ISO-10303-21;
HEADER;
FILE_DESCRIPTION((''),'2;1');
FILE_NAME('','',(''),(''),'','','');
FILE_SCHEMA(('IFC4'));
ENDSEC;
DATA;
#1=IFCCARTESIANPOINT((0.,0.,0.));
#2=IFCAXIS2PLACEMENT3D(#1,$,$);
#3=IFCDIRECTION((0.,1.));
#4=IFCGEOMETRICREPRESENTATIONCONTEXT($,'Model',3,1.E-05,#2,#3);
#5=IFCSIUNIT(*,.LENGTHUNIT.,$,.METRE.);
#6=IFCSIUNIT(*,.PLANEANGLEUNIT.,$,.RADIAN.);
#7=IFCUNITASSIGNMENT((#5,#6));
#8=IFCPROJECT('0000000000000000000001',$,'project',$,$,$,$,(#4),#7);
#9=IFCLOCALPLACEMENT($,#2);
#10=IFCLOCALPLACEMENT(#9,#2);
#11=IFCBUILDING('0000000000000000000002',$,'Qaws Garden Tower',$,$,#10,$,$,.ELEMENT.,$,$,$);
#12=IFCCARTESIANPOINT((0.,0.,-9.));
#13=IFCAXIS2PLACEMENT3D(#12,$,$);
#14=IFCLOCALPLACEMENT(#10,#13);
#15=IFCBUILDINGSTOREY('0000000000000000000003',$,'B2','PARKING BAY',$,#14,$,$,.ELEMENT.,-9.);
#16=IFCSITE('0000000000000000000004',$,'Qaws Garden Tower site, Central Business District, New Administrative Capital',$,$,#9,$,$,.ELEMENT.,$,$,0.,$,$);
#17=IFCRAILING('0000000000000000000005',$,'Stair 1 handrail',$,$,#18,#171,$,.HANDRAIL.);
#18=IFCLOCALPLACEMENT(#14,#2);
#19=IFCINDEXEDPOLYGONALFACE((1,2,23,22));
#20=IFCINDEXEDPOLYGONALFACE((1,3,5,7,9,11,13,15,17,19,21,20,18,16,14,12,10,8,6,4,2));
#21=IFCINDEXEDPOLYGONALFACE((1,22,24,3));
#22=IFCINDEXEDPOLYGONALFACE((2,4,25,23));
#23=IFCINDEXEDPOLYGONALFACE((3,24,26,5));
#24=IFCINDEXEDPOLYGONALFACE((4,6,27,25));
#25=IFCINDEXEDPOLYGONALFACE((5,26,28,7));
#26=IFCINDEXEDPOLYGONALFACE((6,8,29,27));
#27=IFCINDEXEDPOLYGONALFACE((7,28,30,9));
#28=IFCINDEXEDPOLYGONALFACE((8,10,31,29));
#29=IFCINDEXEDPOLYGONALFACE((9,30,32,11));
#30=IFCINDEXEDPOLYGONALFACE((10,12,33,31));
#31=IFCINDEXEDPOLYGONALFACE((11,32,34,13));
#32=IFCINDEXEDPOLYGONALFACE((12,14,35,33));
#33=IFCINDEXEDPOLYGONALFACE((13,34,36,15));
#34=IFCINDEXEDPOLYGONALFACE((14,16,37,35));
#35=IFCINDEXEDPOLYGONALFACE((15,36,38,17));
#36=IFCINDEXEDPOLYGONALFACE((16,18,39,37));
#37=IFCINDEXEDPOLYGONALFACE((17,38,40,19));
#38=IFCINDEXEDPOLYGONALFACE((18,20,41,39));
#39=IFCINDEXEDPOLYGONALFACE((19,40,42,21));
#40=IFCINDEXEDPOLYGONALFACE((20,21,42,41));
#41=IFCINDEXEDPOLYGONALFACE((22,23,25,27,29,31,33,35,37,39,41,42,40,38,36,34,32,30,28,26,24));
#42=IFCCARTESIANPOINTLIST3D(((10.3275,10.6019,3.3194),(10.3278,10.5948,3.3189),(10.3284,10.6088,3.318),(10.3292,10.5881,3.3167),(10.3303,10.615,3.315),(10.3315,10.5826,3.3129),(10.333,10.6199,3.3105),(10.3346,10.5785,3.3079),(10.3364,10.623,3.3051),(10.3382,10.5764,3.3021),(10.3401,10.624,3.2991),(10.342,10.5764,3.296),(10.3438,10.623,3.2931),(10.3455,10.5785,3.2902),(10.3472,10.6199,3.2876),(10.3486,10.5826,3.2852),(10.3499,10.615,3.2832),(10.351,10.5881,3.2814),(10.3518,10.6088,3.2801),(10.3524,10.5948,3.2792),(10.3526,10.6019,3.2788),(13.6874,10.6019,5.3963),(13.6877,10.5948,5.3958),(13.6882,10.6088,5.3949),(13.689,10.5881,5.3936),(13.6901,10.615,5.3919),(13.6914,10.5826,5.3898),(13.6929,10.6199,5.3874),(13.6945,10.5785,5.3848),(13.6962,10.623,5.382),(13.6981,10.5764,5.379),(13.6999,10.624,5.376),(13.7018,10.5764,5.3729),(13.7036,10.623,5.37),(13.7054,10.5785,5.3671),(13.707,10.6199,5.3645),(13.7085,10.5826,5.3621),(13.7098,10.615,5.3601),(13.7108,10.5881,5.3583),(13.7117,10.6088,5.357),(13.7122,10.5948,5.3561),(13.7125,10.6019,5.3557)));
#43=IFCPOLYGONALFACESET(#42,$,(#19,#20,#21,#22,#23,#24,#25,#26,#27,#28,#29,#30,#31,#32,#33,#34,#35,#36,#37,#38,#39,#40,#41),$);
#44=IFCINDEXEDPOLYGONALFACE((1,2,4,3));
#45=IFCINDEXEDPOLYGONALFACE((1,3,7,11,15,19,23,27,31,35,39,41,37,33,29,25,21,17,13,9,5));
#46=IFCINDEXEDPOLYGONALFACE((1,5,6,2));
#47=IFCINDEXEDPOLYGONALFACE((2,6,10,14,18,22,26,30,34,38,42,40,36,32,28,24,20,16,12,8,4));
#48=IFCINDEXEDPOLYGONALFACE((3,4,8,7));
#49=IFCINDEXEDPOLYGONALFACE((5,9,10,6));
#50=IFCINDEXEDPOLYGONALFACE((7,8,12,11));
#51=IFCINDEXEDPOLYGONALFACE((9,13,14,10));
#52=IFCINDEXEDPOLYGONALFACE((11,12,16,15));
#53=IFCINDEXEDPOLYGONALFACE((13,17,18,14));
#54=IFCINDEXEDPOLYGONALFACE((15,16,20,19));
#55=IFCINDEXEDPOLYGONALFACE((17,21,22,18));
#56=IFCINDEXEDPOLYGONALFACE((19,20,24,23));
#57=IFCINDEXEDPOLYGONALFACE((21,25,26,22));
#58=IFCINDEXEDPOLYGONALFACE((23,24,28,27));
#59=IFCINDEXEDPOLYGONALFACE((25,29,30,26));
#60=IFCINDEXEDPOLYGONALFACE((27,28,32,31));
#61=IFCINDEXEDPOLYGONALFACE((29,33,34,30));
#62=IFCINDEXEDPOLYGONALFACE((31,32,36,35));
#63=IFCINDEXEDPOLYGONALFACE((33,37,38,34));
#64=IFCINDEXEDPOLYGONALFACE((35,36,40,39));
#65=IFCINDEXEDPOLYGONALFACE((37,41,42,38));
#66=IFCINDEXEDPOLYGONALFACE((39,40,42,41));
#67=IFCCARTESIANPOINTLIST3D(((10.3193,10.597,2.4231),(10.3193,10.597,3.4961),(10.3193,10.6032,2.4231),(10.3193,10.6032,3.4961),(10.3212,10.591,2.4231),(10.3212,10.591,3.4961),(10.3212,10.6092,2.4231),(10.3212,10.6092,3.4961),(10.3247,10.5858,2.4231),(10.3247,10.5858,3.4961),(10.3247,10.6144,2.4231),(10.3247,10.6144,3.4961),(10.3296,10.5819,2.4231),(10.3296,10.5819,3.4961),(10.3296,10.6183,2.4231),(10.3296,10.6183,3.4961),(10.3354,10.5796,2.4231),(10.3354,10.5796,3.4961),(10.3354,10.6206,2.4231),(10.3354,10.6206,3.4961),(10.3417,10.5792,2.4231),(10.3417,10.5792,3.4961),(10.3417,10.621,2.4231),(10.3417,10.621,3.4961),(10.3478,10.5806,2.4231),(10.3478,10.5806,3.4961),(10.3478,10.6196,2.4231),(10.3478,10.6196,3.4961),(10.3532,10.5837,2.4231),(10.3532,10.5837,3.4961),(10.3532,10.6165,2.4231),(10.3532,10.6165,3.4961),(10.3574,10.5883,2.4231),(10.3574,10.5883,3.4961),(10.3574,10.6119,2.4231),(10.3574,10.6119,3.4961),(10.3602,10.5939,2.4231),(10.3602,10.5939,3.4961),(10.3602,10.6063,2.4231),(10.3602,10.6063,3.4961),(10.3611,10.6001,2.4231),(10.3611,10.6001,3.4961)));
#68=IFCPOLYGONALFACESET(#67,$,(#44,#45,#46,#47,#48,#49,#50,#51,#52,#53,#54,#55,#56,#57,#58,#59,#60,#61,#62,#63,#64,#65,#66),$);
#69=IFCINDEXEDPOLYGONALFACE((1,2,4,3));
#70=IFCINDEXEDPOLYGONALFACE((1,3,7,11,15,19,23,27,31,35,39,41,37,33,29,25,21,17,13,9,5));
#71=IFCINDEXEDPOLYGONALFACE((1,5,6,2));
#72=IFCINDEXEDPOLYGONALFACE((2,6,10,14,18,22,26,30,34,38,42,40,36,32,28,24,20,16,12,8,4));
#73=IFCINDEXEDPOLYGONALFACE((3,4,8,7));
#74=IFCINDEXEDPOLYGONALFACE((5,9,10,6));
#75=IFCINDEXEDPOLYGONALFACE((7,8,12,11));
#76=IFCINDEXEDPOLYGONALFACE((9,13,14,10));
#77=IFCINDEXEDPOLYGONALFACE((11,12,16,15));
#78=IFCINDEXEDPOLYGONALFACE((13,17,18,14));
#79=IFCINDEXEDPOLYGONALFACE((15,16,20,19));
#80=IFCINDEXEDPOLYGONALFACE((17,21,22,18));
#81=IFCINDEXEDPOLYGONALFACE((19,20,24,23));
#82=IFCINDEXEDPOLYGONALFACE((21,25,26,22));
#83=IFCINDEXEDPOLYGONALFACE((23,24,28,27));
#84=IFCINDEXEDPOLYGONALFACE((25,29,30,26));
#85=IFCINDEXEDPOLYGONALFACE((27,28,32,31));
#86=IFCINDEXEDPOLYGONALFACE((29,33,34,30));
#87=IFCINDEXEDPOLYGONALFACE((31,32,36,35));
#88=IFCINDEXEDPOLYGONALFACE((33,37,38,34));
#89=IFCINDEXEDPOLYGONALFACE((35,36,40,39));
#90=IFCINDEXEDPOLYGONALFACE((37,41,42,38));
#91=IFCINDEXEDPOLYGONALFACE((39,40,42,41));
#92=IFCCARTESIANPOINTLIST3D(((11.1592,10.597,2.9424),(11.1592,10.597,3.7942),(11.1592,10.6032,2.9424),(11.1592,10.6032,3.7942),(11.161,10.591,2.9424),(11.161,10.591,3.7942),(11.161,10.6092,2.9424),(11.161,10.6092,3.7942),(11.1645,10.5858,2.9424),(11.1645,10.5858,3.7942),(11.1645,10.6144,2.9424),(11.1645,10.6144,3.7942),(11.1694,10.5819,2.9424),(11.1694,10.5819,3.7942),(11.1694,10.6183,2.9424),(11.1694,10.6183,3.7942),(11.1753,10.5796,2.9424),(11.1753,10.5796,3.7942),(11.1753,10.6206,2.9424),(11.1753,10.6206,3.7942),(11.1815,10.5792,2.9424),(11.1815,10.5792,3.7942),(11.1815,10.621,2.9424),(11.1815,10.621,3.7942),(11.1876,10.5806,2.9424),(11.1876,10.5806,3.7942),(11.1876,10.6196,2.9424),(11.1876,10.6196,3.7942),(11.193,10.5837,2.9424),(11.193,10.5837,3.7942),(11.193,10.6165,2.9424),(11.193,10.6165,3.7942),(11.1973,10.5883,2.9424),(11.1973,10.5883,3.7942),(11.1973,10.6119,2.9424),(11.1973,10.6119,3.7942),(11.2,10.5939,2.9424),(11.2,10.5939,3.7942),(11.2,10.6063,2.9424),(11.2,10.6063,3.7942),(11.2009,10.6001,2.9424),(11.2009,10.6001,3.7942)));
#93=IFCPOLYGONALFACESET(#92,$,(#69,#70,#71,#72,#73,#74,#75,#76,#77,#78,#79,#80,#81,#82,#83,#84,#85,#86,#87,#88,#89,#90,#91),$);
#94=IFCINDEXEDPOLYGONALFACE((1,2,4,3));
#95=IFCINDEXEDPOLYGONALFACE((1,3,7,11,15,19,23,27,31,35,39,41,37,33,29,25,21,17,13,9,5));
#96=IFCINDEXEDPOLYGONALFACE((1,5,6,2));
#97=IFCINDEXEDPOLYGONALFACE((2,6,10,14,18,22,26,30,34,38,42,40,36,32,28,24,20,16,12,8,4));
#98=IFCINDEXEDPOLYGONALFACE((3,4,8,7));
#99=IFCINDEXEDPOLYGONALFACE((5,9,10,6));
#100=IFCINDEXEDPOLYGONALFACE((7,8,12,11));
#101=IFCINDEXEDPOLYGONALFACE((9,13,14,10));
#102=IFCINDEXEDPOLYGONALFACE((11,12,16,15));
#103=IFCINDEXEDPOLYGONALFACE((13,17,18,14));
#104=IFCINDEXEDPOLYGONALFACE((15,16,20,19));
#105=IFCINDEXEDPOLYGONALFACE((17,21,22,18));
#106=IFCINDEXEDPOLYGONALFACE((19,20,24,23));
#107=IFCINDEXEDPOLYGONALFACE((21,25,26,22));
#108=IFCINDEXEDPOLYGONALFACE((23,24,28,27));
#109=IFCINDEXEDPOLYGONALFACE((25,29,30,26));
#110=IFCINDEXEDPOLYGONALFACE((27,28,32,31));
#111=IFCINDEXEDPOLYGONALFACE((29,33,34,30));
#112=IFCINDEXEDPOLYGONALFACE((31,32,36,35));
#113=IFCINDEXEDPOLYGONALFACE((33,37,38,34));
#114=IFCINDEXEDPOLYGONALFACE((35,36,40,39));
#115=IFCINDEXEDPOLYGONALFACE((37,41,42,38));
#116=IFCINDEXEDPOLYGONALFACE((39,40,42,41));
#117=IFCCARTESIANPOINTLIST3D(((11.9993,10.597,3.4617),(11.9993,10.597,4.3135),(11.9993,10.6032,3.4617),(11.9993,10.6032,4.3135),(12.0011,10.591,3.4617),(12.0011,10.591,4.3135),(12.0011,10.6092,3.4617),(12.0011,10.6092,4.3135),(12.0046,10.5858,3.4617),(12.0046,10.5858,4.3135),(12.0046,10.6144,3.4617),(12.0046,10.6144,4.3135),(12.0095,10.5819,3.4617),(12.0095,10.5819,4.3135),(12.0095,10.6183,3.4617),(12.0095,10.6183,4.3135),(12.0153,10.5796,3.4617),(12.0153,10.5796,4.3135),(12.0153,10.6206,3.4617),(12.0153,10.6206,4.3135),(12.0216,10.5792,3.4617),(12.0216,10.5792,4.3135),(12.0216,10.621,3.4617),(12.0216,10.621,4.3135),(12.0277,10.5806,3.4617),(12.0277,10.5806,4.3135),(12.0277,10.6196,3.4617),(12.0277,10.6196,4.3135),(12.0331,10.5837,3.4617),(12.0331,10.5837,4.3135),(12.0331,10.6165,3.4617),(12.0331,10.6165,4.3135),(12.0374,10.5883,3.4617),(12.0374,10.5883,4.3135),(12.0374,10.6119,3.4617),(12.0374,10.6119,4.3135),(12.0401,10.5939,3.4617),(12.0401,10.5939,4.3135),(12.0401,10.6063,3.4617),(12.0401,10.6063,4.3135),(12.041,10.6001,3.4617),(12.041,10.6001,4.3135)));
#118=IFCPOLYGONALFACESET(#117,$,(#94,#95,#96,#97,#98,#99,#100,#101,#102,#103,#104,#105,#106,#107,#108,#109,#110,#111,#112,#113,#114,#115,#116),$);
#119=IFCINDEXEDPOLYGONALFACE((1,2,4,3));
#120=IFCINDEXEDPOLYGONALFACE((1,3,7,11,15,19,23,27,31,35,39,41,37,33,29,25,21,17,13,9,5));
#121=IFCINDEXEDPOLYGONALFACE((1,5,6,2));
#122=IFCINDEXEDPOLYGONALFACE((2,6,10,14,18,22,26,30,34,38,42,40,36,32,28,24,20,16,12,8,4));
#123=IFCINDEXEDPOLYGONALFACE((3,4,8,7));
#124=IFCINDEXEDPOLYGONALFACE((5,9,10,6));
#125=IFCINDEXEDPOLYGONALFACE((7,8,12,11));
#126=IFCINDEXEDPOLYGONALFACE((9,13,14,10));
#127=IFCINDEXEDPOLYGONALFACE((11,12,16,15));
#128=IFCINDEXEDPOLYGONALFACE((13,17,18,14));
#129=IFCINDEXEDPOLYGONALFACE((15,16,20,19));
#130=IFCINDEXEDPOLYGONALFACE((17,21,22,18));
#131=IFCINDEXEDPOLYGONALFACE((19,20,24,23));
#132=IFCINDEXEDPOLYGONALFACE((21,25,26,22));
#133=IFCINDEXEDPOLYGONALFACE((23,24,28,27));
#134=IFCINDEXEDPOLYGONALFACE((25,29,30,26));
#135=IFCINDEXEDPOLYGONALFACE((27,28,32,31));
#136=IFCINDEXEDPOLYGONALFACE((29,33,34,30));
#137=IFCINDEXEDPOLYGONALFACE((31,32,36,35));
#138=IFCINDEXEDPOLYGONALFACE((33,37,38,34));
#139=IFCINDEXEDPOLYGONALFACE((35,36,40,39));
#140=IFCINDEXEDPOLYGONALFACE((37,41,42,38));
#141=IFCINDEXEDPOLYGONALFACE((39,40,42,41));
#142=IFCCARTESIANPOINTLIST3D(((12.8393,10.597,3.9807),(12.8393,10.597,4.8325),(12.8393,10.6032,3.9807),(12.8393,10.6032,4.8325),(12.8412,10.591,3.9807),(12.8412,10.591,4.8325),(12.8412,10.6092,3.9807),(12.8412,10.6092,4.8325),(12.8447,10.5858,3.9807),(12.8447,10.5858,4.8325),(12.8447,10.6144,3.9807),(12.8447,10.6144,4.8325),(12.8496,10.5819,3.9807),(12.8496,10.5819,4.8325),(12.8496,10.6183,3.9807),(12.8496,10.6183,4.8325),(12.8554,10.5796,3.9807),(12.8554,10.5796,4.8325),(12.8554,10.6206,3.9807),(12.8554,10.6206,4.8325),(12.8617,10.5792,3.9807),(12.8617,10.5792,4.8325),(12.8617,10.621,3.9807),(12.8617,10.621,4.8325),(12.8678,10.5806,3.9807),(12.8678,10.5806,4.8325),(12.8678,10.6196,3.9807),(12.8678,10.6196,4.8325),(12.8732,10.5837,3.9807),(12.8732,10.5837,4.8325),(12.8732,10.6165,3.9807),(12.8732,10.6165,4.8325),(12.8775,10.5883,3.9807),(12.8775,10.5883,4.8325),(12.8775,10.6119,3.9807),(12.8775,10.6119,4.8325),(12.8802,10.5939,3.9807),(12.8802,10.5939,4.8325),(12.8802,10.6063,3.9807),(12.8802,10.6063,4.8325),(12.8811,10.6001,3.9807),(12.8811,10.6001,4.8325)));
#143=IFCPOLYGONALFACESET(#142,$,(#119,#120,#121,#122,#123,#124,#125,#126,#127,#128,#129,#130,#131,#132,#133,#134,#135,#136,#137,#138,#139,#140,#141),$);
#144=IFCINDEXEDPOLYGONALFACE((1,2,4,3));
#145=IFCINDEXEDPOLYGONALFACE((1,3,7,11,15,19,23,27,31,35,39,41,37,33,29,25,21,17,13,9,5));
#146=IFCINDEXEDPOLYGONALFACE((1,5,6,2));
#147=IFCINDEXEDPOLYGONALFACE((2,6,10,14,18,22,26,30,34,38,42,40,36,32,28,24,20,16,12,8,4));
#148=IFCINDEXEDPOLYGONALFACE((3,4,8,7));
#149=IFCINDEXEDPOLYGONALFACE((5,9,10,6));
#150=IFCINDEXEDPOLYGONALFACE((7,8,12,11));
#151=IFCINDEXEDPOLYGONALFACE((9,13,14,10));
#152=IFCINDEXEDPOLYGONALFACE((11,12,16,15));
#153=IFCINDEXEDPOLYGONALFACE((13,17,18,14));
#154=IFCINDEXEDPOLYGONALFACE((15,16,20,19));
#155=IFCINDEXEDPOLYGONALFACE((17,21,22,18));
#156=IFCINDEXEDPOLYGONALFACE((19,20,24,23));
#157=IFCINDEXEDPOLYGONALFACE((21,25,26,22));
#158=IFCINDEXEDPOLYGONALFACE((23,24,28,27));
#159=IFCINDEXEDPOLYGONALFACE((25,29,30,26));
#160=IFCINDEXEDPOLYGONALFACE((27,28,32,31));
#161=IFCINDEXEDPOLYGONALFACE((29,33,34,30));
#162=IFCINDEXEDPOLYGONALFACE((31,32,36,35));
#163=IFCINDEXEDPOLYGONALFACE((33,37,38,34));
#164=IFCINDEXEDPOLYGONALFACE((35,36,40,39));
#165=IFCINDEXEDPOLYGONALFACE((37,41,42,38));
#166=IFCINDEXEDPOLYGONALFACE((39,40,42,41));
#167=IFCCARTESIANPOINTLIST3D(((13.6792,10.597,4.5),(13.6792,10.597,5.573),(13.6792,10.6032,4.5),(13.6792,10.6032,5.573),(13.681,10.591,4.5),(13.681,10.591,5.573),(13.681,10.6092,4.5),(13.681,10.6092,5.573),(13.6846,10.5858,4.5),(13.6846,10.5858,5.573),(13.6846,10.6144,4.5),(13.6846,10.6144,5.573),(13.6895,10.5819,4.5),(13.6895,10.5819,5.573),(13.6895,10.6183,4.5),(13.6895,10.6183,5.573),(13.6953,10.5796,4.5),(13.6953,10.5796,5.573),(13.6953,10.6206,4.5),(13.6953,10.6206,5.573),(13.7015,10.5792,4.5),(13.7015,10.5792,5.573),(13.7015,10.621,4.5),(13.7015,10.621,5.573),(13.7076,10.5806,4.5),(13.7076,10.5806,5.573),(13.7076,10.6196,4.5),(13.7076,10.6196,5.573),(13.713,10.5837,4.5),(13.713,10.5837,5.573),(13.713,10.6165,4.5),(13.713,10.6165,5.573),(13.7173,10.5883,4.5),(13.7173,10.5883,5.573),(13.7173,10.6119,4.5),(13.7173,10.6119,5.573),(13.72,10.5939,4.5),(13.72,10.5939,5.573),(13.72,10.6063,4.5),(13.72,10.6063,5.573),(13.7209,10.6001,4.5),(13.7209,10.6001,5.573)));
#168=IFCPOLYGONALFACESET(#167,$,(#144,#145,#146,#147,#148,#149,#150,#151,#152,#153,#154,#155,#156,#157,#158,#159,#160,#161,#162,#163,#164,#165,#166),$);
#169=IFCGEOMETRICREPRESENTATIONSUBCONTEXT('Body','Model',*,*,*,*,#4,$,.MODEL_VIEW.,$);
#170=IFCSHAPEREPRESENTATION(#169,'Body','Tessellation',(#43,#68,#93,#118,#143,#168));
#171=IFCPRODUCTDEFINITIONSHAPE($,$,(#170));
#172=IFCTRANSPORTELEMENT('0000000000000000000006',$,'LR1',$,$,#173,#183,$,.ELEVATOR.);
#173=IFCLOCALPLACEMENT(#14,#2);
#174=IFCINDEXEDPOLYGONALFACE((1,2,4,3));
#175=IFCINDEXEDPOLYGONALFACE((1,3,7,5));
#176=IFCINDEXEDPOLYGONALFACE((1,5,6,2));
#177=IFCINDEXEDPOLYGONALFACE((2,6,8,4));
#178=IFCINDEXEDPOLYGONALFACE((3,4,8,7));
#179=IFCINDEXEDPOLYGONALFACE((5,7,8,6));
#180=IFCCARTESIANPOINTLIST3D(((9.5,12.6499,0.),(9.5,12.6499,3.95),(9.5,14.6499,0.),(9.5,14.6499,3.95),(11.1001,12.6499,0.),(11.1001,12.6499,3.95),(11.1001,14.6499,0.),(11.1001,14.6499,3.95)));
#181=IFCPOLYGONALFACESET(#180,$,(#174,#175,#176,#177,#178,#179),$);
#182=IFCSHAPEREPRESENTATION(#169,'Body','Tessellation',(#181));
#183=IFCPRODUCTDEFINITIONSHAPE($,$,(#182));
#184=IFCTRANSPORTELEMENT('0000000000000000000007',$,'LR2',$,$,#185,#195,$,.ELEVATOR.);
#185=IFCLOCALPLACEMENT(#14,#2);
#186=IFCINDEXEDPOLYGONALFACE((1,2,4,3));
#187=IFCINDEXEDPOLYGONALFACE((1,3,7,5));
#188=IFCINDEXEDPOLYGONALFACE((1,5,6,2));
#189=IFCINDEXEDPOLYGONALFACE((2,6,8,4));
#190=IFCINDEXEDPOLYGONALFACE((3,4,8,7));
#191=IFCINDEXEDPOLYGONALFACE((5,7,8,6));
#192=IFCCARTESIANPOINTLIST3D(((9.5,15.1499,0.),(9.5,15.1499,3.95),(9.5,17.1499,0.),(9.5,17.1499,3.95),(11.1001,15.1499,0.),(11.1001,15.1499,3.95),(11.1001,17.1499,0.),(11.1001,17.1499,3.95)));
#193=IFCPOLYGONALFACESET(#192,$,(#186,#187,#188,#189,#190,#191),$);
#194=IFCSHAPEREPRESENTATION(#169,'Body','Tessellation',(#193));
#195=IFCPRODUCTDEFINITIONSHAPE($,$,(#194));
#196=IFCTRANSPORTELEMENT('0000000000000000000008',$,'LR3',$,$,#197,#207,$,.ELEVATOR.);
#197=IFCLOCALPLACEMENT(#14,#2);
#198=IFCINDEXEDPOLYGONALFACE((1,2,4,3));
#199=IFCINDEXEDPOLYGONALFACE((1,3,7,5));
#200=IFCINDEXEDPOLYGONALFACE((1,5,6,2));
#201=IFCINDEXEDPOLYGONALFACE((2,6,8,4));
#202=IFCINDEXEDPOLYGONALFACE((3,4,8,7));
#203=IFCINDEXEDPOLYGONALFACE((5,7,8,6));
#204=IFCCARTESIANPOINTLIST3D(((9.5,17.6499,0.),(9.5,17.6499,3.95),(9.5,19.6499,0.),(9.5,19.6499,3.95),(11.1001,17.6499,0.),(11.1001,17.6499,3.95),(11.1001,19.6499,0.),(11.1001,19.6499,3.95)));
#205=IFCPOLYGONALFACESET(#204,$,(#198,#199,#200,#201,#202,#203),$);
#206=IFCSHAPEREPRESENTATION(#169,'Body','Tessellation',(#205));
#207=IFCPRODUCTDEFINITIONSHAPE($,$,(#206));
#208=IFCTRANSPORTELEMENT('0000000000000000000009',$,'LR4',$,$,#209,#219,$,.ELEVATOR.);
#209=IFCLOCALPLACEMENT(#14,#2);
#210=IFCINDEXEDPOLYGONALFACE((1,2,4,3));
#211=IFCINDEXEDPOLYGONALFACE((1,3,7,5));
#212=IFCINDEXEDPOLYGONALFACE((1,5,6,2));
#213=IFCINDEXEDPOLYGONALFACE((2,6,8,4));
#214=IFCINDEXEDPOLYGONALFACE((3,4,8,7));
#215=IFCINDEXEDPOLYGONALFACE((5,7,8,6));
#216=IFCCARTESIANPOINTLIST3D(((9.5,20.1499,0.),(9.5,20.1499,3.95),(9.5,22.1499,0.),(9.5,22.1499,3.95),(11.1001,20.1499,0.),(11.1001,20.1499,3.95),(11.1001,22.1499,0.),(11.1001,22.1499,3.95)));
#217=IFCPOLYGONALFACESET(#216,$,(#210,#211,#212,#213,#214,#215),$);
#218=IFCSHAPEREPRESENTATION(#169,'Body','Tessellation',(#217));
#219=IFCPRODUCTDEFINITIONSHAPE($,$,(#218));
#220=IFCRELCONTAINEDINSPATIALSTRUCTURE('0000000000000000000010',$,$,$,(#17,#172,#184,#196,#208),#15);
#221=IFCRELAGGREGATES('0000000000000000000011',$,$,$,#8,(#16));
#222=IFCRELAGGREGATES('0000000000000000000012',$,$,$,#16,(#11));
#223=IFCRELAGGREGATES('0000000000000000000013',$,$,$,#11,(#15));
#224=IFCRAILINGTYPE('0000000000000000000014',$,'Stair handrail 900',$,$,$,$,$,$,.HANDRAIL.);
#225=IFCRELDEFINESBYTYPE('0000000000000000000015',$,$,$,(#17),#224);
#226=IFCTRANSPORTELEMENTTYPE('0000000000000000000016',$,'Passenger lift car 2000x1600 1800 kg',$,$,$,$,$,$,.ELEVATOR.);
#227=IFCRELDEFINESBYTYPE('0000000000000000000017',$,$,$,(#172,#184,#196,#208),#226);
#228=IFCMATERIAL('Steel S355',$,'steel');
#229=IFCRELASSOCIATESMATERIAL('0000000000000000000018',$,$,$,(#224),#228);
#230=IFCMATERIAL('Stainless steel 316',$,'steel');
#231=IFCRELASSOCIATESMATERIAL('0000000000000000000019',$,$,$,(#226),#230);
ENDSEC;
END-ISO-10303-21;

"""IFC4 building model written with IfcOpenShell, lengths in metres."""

from ifc_helpers import new_model, si_unit, direction, frame, origin, origin_2d, place, context, subcontext, project, spatial, rectangle, circle, extrude, material, type_object, element, save


model = new_model("IFC4")

# Units and contexts
model_context = context("Model", 3, precision=1e-05, world=origin(), true_north=direction((0.0, 1.0)))
body_context = subcontext(model_context, "Body", "Model", "MODEL_VIEW")
ifc_project = project(units=[si_unit("LENGTHUNIT", "METRE"), si_unit("PLANEANGLEUNIT", "RADIAN")], contexts=[model_context])

# Site, building, storey
site_placement = place(None, origin())
site = spatial("IfcSite", under=ifc_project, at=site_placement, Name="Qaws Garden Tower site, Central Business District, New Administrative Capital", CompositionType="ELEMENT", RefElevation=0.0)
building_placement = place(site_placement, origin())
building = spatial("IfcBuilding", under=site, at=building_placement, Name="Qaws Garden Tower", CompositionType="ELEMENT")
storey_placement = place(building_placement, frame((0.0, 0.0, -9.0)))
storey = spatial("IfcBuildingStorey", under=building, at=storey_placement, Name="B2", Description="PARKING BAY", CompositionType="ELEMENT", Elevation=-9.0)

# Railing
ifc_material_1 = material(Name="Steel S355", Category="steel")
railing_type = type_object("IfcRailingType", Name="Stair handrail 900", PredefinedType="HANDRAIL", material=ifc_material_1)
railing_1_placement = place(storey_placement, frame((10.3401, 10.6001, 2.4231)))
element("IfcRailing", 1, at=railing_1_placement, inside=storey, type_object=railing_type, Name="Stair 1 handrail", PredefinedType="HANDRAIL", context=body_context, shape_type="SweptSolid", body=[
    extrude(circle(Radius=0.0239, at=origin_2d()), frame((0.0, 0.0, 0.876), z_axis=(0.850606, 0.0, 0.525803), x_axis=(0.0, 1.0, 0.0)), (0.0, 0.0, 1.0), 3.95),
    extrude(circle(Radius=0.021, at=origin_2d()), origin(), (0.0, 0.0, 1.0), 1.073),
    extrude(circle(Radius=0.021, at=origin_2d()), frame((0.8398, 0.0, 0.5193)), (0.0, 0.0, 1.0), 0.8518),
    extrude(circle(Radius=0.021, at=origin_2d()), frame((1.6799, 0.0, 1.0386)), (0.0, 0.0, 1.0), 0.8518),
    extrude(circle(Radius=0.021, at=origin_2d()), frame((2.52, 0.0, 1.5576)), (0.0, 0.0, 1.0), 0.8518),
    extrude(circle(Radius=0.021, at=origin_2d()), frame((3.3599, 0.0, 2.0769)), (0.0, 0.0, 1.0), 1.073),
])

# Transport elements
ifc_material_2 = material(Name="Stainless steel 316", Category="steel")
transport_element_type = type_object("IfcTransportElementType", Name="Passenger lift car 2000x1600 1800 kg", PredefinedType="ELEVATOR", material=ifc_material_2)
for number, where, z_axis, x_axis, name in (
    (2, (10.3, 13.6499, 0.0), (0.0, 0.0, 1.0), (1.0, 0.0, 0.0), "LR1"),
    (3, (10.3, 16.1499, 0.0), (0.0, 0.0, 1.0), (1.0, 0.0, 0.0), "LR2"),
    (4, (10.3, 18.6499, 0.0), (0.0, 0.0, 1.0), (1.0, 0.0, 0.0), "LR3"),
    (5, (10.3, 21.1499, 0.0), (0.0, 0.0, 1.0), (1.0, 0.0, 0.0), "LR4"),
):
    element("IfcTransportElement", number, at=place(storey_placement, frame(where, z_axis=z_axis, x_axis=x_axis)), inside=storey, type_object=transport_element_type, Name=name, PredefinedType="ELEVATOR", context=body_context, shape_type="SweptSolid", body=[
        extrude(rectangle(XDim=1.6001, YDim=2.0, at=origin_2d()), origin(), (0.0, 0.0, 1.0), 3.95),
    ])

save(model, "model.ifc")
